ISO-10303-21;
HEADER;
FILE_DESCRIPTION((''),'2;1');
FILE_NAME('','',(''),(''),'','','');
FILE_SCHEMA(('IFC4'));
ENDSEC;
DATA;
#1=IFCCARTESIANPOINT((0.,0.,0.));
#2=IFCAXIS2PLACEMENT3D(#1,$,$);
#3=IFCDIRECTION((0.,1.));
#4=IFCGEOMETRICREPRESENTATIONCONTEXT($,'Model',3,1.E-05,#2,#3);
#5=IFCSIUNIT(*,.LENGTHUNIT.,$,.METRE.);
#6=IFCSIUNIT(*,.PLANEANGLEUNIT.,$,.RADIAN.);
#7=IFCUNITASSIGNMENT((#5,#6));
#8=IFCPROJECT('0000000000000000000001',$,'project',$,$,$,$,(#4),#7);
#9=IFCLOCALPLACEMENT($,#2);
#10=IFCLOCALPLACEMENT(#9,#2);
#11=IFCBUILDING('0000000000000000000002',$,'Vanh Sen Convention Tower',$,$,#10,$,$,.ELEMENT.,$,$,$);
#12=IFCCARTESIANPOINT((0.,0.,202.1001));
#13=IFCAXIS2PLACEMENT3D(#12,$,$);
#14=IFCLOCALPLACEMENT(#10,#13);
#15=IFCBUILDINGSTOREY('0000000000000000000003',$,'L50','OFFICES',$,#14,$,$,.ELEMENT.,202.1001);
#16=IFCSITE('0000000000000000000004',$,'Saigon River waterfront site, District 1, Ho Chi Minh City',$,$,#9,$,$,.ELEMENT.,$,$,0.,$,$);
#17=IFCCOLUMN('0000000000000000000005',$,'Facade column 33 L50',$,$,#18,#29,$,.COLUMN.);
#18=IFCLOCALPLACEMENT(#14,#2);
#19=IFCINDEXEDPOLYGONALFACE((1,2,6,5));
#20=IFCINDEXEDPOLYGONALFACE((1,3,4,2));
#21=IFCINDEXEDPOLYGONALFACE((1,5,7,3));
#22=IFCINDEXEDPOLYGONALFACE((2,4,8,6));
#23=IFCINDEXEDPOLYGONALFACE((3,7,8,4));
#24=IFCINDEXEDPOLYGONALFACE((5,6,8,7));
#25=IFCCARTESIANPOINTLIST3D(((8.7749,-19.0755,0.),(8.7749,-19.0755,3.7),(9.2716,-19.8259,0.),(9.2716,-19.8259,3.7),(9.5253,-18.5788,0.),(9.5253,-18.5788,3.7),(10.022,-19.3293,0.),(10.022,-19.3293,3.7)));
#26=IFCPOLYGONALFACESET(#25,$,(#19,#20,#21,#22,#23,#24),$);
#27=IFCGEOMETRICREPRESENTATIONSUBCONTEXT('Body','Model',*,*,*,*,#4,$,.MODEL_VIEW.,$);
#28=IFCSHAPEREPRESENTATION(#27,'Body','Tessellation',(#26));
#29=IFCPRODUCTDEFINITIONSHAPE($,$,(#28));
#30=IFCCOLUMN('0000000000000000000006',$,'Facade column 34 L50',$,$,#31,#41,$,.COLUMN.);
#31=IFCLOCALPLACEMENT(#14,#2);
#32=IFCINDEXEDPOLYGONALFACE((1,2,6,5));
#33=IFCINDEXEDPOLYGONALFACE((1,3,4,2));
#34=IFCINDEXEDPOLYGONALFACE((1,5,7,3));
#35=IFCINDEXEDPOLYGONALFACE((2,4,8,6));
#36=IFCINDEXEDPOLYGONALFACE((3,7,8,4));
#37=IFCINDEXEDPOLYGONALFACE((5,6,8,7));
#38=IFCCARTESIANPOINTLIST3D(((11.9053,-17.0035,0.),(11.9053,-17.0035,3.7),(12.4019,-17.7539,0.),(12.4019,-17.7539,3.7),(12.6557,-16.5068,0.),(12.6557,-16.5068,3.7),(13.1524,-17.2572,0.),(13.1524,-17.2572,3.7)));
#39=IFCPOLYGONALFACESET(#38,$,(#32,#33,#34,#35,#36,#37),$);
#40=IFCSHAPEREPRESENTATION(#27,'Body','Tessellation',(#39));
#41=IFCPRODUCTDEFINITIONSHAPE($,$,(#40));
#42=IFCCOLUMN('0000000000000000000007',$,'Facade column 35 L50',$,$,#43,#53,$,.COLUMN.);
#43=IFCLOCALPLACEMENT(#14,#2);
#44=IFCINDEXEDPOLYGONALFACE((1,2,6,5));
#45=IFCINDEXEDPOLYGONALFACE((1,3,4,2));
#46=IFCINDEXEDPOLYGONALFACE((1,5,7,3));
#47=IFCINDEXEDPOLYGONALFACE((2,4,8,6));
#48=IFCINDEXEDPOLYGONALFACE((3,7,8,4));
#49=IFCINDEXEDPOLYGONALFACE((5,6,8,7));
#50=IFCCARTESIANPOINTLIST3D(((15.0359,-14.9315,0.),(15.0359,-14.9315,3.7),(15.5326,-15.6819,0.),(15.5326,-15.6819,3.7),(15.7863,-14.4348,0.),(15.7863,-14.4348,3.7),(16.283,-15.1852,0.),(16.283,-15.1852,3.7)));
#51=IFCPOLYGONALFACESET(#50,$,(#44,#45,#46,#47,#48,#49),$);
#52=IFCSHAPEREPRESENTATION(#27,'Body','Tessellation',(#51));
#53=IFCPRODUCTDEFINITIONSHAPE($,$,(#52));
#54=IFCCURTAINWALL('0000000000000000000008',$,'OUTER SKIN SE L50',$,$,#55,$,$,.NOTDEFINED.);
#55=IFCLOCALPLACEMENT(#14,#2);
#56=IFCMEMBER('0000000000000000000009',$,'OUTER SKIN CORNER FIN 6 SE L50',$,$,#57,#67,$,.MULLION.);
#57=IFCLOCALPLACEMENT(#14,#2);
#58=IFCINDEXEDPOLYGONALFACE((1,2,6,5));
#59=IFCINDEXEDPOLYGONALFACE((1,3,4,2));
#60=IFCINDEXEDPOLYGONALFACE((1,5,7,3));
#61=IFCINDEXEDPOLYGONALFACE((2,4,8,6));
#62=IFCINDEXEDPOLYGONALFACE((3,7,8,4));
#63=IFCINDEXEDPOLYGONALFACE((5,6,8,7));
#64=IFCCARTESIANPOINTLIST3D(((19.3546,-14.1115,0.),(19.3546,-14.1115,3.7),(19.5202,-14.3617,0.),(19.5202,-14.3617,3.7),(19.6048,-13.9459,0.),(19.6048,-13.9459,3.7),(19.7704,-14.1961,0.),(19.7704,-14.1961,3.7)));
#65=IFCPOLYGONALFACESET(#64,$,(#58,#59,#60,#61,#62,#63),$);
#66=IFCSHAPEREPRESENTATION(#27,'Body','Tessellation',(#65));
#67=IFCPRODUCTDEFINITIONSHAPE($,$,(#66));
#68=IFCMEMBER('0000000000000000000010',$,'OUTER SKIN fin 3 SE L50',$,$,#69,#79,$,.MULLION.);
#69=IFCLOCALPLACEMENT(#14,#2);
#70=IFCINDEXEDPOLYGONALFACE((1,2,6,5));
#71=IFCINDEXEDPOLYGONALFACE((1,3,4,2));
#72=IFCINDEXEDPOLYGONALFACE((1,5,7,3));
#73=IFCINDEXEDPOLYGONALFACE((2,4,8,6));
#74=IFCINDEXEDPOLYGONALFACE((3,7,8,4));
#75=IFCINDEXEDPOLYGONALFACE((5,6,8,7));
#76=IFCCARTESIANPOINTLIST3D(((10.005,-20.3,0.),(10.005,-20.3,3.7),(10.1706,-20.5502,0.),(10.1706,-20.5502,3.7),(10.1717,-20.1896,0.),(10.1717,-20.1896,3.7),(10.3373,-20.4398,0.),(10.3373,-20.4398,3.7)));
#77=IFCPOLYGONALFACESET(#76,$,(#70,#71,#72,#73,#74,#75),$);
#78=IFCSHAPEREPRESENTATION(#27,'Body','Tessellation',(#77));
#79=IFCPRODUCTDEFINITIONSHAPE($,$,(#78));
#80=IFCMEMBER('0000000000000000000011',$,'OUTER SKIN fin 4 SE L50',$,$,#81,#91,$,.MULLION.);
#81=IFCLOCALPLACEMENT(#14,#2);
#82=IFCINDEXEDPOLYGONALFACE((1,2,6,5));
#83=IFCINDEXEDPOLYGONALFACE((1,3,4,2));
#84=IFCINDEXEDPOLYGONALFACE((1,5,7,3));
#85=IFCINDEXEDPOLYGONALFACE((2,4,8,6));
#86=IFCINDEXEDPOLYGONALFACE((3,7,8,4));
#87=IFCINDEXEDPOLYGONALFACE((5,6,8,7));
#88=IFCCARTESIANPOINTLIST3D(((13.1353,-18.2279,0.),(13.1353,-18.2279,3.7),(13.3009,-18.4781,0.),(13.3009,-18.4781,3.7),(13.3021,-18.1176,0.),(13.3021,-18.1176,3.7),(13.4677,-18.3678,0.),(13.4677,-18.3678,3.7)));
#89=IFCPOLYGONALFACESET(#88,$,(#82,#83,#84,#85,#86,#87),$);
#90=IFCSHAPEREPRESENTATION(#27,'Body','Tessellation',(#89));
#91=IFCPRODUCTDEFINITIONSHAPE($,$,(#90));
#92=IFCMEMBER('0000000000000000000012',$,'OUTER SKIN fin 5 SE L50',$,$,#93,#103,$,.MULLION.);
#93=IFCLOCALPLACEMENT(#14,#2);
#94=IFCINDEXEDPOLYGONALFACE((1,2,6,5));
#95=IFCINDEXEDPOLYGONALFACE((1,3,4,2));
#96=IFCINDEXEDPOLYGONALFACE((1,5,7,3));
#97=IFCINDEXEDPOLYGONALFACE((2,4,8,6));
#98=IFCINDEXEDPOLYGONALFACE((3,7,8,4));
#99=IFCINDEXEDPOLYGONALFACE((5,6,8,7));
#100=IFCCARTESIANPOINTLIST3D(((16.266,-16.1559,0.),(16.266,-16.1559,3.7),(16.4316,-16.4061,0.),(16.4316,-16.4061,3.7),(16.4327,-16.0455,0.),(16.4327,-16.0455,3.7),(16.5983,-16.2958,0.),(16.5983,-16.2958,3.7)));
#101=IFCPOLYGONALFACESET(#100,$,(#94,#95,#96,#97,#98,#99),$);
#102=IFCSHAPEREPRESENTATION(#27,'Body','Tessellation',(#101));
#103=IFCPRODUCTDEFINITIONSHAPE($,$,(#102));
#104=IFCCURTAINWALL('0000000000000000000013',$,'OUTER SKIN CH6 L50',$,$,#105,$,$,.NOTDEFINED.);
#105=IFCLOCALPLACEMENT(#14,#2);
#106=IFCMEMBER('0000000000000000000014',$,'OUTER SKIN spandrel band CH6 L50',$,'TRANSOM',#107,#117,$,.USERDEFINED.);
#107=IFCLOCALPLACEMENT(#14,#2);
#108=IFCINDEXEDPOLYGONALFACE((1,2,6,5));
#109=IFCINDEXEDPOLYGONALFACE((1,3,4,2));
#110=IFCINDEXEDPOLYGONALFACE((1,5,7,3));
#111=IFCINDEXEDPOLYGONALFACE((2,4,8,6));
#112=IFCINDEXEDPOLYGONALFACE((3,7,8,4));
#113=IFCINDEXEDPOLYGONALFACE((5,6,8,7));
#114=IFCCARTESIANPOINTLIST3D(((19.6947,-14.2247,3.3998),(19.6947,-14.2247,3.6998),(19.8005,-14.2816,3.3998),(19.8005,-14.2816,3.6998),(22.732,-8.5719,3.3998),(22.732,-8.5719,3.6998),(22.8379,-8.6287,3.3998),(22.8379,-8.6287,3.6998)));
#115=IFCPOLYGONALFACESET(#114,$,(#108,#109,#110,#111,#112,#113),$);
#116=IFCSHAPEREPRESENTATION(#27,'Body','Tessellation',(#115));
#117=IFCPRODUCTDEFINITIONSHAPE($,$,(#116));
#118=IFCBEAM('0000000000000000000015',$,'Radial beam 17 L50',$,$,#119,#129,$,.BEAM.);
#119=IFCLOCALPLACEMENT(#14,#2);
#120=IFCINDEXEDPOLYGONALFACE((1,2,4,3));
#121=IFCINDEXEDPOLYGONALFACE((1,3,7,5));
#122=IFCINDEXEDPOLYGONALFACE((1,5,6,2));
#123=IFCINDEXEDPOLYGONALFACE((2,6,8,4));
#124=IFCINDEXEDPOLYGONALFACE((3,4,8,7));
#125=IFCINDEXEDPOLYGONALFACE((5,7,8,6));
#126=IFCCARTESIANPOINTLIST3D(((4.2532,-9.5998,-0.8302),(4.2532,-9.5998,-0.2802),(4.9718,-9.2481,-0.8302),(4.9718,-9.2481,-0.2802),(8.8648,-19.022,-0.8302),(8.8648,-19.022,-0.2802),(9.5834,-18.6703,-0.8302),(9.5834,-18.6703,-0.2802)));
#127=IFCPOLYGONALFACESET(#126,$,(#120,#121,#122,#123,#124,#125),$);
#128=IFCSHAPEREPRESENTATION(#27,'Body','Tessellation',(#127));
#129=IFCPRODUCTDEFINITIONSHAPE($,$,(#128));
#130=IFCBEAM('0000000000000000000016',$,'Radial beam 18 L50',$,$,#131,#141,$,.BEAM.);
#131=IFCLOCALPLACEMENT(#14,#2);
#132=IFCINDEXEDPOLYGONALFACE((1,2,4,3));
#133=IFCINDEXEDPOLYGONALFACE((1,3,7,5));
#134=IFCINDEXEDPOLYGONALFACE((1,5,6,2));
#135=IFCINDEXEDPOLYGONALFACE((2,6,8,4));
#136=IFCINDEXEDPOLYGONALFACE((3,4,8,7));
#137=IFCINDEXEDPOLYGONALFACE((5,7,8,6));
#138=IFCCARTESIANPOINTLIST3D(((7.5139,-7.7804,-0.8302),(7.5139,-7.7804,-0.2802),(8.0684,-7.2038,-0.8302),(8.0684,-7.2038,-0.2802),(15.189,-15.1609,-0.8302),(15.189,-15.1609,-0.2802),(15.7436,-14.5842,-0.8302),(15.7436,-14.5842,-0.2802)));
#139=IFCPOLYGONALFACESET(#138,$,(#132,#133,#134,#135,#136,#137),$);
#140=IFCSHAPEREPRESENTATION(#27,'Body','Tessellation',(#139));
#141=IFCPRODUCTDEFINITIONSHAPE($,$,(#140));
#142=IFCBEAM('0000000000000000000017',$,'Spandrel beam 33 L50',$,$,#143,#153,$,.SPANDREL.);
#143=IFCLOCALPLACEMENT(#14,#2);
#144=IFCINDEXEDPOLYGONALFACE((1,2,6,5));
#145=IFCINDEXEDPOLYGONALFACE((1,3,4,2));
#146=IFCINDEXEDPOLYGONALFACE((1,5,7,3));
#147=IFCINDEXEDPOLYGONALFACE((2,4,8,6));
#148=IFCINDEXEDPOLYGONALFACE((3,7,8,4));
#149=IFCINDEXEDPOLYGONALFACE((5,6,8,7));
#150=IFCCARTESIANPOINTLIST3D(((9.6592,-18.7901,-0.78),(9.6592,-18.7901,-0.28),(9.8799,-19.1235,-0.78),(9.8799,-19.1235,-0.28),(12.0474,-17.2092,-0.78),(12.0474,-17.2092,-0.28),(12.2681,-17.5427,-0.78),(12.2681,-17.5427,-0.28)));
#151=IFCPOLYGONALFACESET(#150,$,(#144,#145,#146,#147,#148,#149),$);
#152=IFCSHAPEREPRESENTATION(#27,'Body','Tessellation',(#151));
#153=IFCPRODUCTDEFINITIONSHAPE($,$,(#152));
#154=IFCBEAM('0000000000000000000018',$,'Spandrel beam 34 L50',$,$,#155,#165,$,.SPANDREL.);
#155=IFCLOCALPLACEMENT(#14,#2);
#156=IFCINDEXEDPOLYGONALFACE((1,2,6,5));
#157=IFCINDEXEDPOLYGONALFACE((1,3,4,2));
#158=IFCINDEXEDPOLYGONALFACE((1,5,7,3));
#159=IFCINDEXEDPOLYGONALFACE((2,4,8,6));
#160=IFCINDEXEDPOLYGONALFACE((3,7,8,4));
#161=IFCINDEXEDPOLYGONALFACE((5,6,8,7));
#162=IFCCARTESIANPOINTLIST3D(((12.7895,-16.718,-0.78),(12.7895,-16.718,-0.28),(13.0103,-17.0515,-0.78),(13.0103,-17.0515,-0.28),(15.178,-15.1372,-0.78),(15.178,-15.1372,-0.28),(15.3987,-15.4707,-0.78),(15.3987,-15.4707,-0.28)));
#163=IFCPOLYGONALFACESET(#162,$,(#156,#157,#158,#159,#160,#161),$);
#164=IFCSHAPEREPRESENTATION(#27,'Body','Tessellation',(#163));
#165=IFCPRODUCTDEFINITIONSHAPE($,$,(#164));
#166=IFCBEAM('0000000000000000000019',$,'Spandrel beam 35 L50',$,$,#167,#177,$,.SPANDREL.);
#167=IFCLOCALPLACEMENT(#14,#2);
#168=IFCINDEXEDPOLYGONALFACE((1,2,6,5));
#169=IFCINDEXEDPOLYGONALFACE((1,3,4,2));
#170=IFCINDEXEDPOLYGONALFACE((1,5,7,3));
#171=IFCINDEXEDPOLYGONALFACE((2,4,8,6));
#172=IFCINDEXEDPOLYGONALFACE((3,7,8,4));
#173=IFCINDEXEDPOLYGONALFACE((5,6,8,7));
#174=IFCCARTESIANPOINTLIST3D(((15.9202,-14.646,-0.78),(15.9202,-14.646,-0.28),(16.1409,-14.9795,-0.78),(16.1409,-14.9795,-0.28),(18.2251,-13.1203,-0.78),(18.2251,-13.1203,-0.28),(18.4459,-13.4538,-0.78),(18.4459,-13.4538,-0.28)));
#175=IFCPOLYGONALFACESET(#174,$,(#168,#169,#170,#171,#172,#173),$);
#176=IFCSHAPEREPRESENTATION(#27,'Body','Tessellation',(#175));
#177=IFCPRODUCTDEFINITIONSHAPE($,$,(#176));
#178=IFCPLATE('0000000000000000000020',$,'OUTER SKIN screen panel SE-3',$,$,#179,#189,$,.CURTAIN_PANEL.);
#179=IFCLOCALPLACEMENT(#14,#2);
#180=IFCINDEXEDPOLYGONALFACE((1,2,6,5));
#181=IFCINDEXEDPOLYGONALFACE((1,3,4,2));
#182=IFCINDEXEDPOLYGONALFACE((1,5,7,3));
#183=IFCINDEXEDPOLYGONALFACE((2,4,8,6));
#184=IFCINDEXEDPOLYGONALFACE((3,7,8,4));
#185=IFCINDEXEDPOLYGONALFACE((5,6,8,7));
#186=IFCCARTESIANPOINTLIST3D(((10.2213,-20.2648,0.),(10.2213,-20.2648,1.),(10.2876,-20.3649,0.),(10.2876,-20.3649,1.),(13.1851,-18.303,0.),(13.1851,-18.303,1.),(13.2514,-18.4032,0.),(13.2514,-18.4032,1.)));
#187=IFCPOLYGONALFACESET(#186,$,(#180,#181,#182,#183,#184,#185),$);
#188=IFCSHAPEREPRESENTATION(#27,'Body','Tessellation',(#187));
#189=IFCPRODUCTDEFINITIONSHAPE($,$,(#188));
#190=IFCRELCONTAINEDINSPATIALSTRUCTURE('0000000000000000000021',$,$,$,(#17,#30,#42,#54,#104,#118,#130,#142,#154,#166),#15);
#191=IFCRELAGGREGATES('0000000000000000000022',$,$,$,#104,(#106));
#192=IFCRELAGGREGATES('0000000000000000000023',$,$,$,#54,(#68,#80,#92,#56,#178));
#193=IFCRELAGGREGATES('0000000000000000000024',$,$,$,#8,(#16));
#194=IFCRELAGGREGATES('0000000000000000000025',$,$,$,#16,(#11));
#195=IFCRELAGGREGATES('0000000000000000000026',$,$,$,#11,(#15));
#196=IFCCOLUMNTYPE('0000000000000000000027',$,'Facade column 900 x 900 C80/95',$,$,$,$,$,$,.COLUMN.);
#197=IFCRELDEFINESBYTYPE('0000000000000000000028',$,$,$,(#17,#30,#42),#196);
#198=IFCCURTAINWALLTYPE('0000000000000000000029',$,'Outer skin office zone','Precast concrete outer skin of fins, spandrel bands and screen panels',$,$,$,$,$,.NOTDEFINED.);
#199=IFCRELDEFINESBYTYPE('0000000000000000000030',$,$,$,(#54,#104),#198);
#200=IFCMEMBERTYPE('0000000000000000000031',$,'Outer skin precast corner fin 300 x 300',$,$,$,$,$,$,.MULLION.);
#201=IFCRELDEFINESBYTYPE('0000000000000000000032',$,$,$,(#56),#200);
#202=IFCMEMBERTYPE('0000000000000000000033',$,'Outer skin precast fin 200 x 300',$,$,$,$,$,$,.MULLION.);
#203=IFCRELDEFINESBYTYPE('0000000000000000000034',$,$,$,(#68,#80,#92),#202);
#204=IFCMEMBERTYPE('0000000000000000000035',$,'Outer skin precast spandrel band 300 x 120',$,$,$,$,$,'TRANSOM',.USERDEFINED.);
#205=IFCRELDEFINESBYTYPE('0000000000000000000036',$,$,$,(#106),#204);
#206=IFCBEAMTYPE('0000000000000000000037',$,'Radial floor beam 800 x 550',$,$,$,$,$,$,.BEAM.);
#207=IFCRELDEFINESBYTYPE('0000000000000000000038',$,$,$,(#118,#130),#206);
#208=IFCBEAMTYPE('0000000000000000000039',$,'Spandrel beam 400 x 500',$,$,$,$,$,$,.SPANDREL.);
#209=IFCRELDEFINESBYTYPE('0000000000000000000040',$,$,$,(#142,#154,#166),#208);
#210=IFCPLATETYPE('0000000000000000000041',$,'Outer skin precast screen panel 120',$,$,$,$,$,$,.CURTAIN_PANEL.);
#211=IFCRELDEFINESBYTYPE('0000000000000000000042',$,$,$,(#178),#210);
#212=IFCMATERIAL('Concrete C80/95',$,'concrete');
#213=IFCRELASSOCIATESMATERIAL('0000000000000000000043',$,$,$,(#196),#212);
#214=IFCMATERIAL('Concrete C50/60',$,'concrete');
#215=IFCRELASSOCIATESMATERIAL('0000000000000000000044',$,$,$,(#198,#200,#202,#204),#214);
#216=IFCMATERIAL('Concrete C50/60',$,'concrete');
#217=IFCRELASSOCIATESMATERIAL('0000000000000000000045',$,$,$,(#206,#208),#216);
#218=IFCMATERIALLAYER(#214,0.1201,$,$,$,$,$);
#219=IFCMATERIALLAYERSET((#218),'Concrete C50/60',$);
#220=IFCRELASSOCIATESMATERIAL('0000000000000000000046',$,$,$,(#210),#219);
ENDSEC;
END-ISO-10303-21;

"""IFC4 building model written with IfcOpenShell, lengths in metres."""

from ifc_helpers import new_model, si_unit, direction, frame, origin, origin_2d, place, context, subcontext, project, spatial, rectangle, extrude, material, layer, layer_set, material_profile, profile_set, type_object, element, aggregate, save


model = new_model("IFC4")

# Units and contexts
model_context = context("Model", 3, precision=1e-05, world=origin(), true_north=direction((0.0, 1.0)))
body_context = subcontext(model_context, "Body", "Model", "MODEL_VIEW")
ifc_project = project(units=[si_unit("LENGTHUNIT", "METRE"), si_unit("PLANEANGLEUNIT", "RADIAN")], contexts=[model_context])

# Site, building, storey
site_placement = place(None, origin())
site = spatial("IfcSite", under=ifc_project, at=site_placement, Name="Saigon River waterfront site, District 1, Ho Chi Minh City", CompositionType="ELEMENT", RefElevation=0.0)
building_placement = place(site_placement, origin())
building = spatial("IfcBuilding", under=site, at=building_placement, Name="Vanh Sen Convention Tower", CompositionType="ELEMENT")
storey_placement = place(building_placement, frame((0.0, 0.0, 202.1001)))
storey = spatial("IfcBuildingStorey", under=building, at=storey_placement, Name="L50", Description="OFFICES", CompositionType="ELEMENT", Elevation=202.1001)

# Columns
ifc_material_1 = material(Name="Concrete C80/95", Category="concrete")
ifc_material_profile_1 = material_profile(ifc_material_1, rectangle(XDim=0.8999, YDim=0.8999, at=origin_2d()), Name="RC 900X900")
ifc_profile_set_1 = profile_set([ifc_material_profile_1], Name="Concrete C80/95")
column_type = type_object("IfcColumnType", Name="Facade column 900 x 900 C80/95", PredefinedType="COLUMN", material=ifc_profile_set_1)
for number, where, z_axis, x_axis, name in (
    (1, (9.3984, -19.2024, 0.0), (0.0, 0.0, 1.0), (0.833886, 0.551937, 0.0), "Facade column 33 L50"),
    (2, (12.5288, -17.1304, 0.0), (0.0, 0.0, 1.0), (0.833886, 0.551937, 0.0), "Facade column 34 L50"),
    (3, (15.6594, -15.0583, 0.0), (0.0, 0.0, 1.0), (0.833886, 0.551937, 0.0), "Facade column 35 L50"),
):
    element("IfcColumn", number, at=place(storey_placement, frame(where, z_axis=z_axis, x_axis=x_axis)), inside=storey, type_object=column_type, Name=name, PredefinedType="COLUMN", context=body_context, shape_type="SweptSolid", body=[
        extrude(rectangle(XDim=0.8999, YDim=0.8999, at=origin_2d()), origin(), (0.0, 0.0, 1.0), 3.7),
    ])

# Curtain wall, members
ifc_material_2 = material(Name="Concrete C50/60", Category="concrete")
curtain_wall_type = type_object("IfcCurtainWallType", Name="Outer skin office zone", Description="Precast concrete outer skin of fins, spandrel bands and screen panels", PredefinedType="NOTDEFINED", material=ifc_material_2)
curtain_wall_1_placement = place(storey_placement, origin())
curtain_wall_1 = element("IfcCurtainWall", 4, at=curtain_wall_1_placement, inside=storey, type_object=curtain_wall_type, Name="OUTER SKIN SE L50", PredefinedType="NOTDEFINED")
ifc_material_profile_2 = material_profile(ifc_material_2, rectangle(XDim=0.3, YDim=0.3, at=origin_2d()), Name="Outer skin precast corner fin 300 x 300")
ifc_profile_set_2 = profile_set([ifc_material_profile_2], Name="Concrete C50/60")
member_type_1 = type_object("IfcMemberType", Name="Outer skin precast corner fin 300 x 300", PredefinedType="MULLION", material=ifc_profile_set_2)
member_1_placement = place(storey_placement, frame((19.5625, -14.1538, 0.0), z_axis=(0.0, 0.0, 1.0), x_axis=(0.833886, 0.551937, 0.0)))
member_1 = element("IfcMember", 5, at=member_1_placement, type_object=member_type_1, Name="OUTER SKIN CORNER FIN 6 SE L50", PredefinedType="MULLION", context=body_context, shape_type="SweptSolid", body=[
    extrude(rectangle(XDim=0.3, YDim=0.3, at=origin_2d()), origin(), (0.0, 0.0, 1.0), 3.7),
])
ifc_material_profile_3 = material_profile(ifc_material_2, rectangle(XDim=0.2, YDim=0.3, at=origin_2d()), Name="Outer skin precast fin 200 x 300")
ifc_profile_set_3 = profile_set([ifc_material_profile_3], Name="Concrete C50/60")
member_type_2 = type_object("IfcMemberType", Name="Outer skin precast fin 200 x 300", PredefinedType="MULLION", material=ifc_profile_set_3)
member_2_placement = place(storey_placement, frame((10.1711, -20.3699, 0.0), z_axis=(0.0, 0.0, 1.0), x_axis=(0.833886, 0.551937, 0.0)))
member_2 = element("IfcMember", 6, at=member_2_placement, type_object=member_type_2, Name="OUTER SKIN fin 3 SE L50", PredefinedType="MULLION", context=body_context, shape_type="SweptSolid", body=[
    extrude(rectangle(XDim=0.2, YDim=0.3, at=origin_2d()), origin(), (0.0, 0.0, 1.0), 3.7),
])
member_3_placement = place(storey_placement, frame((13.3015, -18.2979, 0.0), z_axis=(0.0, 0.0, 1.0), x_axis=(0.833886, 0.551937, 0.0)))
member_3 = element("IfcMember", 7, at=member_3_placement, type_object=member_type_2, Name="OUTER SKIN fin 4 SE L50", PredefinedType="MULLION", context=body_context, shape_type="SweptSolid", body=[
    extrude(rectangle(XDim=0.2, YDim=0.3, at=origin_2d()), origin(), (0.0, 0.0, 1.0), 3.7),
])
member_4_placement = place(storey_placement, frame((16.4321, -16.2258, 0.0), z_axis=(0.0, 0.0, 1.0), x_axis=(0.833886, 0.551937, 0.0)))
member_4 = element("IfcMember", 8, at=member_4_placement, type_object=member_type_2, Name="OUTER SKIN fin 5 SE L50", PredefinedType="MULLION", context=body_context, shape_type="SweptSolid", body=[
    extrude(rectangle(XDim=0.2, YDim=0.3, at=origin_2d()), origin(), (0.0, 0.0, 1.0), 3.7),
])

# Curtain wall, member
curtain_wall_2_placement = place(storey_placement, origin())
curtain_wall_2 = element("IfcCurtainWall", 9, at=curtain_wall_2_placement, inside=storey, type_object=curtain_wall_type, Name="OUTER SKIN CH6 L50", PredefinedType="NOTDEFINED")
ifc_material_profile_4 = material_profile(ifc_material_2, rectangle(XDim=0.1201, YDim=0.3, at=origin_2d()), Name="Outer skin precast spandrel band 300 x 120")
ifc_profile_set_4 = profile_set([ifc_material_profile_4], Name="Concrete C50/60")
member_type_3 = type_object("IfcMemberType", Name="Outer skin precast spandrel band 300 x 120", ElementType="TRANSOM", PredefinedType="USERDEFINED", material=ifc_profile_set_4)
member_5_placement = place(storey_placement, frame((19.7476, -14.2532, 3.5498), z_axis=(0.473317, 0.880892, 0.0), x_axis=(-0.880892, 0.473317, 0.0)))
member_5 = element("IfcMember", 10, at=member_5_placement, type_object=member_type_3, Name="OUTER SKIN spandrel band CH6 L50", ObjectType="TRANSOM", PredefinedType="USERDEFINED", context=body_context, shape_type="SweptSolid", body=[
    extrude(rectangle(XDim=0.1201, YDim=0.3, at=origin_2d()), origin(), (0.0, 0.0, 1.0), 6.4172),
])
aggregate(curtain_wall_2, [member_5])

# Beams
ifc_material_3 = material(Name="Concrete C50/60", Category="concrete")
ifc_material_profile_5 = material_profile(ifc_material_3, rectangle(XDim=0.8, YDim=0.55, at=origin_2d()), Name="RC 800X550")
ifc_profile_set_5 = profile_set([ifc_material_profile_5], Name="Concrete C50/60")
beam_type_1 = type_object("IfcBeamType", Name="Radial floor beam 800 x 550", PredefinedType="BEAM", material=ifc_profile_set_5)
beam_1_placement = place(storey_placement, frame((9.2241, -18.8462, -0.5552), z_axis=(-0.43961, 0.898189, 0.0), x_axis=(-0.898189, -0.43961, 0.0)))
element("IfcBeam", 11, at=beam_1_placement, inside=storey, type_object=beam_type_1, Name="Radial beam 17 L50", PredefinedType="BEAM", context=body_context, shape_type="SweptSolid", body=[
    extrude(rectangle(XDim=0.8, YDim=0.55, at=origin_2d()), origin(), (0.0, 0.0, 1.0), 10.4902),
])
beam_2_placement = place(storey_placement, frame((15.4663, -14.8726, -0.5552), z_axis=(-0.720809, 0.693134, 0.0), x_axis=(-0.693134, -0.720809, 0.0)))
element("IfcBeam", 12, at=beam_2_placement, inside=storey, type_object=beam_type_1, Name="Radial beam 18 L50", PredefinedType="BEAM", context=body_context, shape_type="SweptSolid", body=[
    extrude(rectangle(XDim=0.8, YDim=0.55, at=origin_2d()), origin(), (0.0, 0.0, 1.0), 10.6479),
])
ifc_material_profile_6 = material_profile(ifc_material_3, rectangle(XDim=0.3999, YDim=0.5, at=origin_2d()), Name="RC 400X500")
ifc_profile_set_6 = profile_set([ifc_material_profile_6], Name="Concrete C50/60")
beam_type_2 = type_object("IfcBeamType", Name="Spandrel beam 400 x 500", PredefinedType="SPANDREL", material=ifc_profile_set_6)
beam_3_placement = place(storey_placement, frame((9.7695, -18.9568, -0.53), z_axis=(0.833869, 0.551963, 0.0), x_axis=(-0.551963, 0.833869, 0.0)))
element("IfcBeam", 13, at=beam_3_placement, inside=storey, type_object=beam_type_2, Name="Spandrel beam 33 L50", PredefinedType="SPANDREL", context=body_context, shape_type="SweptSolid", body=[
    extrude(rectangle(XDim=0.3999, YDim=0.5, at=origin_2d()), origin(), (0.0, 0.0, 1.0), 2.864),
])
beam_4_placement = place(storey_placement, frame((12.8999, -16.8848, -0.53), z_axis=(0.833895, 0.551924, 0.0), x_axis=(-0.551924, 0.833895, 0.0)))
element("IfcBeam", 14, at=beam_4_placement, inside=storey, type_object=beam_type_2, Name="Spandrel beam 34 L50", PredefinedType="SPANDREL", context=body_context, shape_type="SweptSolid", body=[
    extrude(rectangle(XDim=0.3999, YDim=0.5, at=origin_2d()), origin(), (0.0, 0.0, 1.0), 2.8643),
])
beam_5_placement = place(storey_placement, frame((16.0305, -14.8127, -0.53), z_axis=(0.83388, 0.551945, 0.0), x_axis=(-0.551945, 0.83388, 0.0)))
element("IfcBeam", 15, at=beam_5_placement, inside=storey, type_object=beam_type_2, Name="Spandrel beam 35 L50", PredefinedType="SPANDREL", context=body_context, shape_type="SweptSolid", body=[
    extrude(rectangle(XDim=0.3999, YDim=0.5, at=origin_2d()), origin(), (0.0, 0.0, 1.0), 2.7642),
])

# Plate
ifc_layer_1 = layer(ifc_material_2, 0.1201)
ifc_layer_set_1 = layer_set([ifc_layer_1], Name="Concrete C50/60")
plate_type = type_object("IfcPlateType", Name="Outer skin precast screen panel 120", PredefinedType="CURTAIN_PANEL", material=ifc_layer_set_1)
plate_1_placement = place(storey_placement, frame((11.7363, -19.334, 0.0), z_axis=(0.0, 0.0, 1.0), x_axis=(0.833877, 0.55195, 0.0)))
plate_1 = element("IfcPlate", 16, at=plate_1_placement, type_object=plate_type, Name="OUTER SKIN screen panel SE-3", PredefinedType="CURTAIN_PANEL", context=body_context, shape_type="SweptSolid", body=[
    extrude(rectangle(XDim=3.5542, YDim=0.1201, at=origin_2d()), origin(), (0.0, 0.0, 1.0), 1.0),
])
aggregate(curtain_wall_1, [member_2, member_3, member_4, member_1, plate_1])

save(model, "model.ifc")
